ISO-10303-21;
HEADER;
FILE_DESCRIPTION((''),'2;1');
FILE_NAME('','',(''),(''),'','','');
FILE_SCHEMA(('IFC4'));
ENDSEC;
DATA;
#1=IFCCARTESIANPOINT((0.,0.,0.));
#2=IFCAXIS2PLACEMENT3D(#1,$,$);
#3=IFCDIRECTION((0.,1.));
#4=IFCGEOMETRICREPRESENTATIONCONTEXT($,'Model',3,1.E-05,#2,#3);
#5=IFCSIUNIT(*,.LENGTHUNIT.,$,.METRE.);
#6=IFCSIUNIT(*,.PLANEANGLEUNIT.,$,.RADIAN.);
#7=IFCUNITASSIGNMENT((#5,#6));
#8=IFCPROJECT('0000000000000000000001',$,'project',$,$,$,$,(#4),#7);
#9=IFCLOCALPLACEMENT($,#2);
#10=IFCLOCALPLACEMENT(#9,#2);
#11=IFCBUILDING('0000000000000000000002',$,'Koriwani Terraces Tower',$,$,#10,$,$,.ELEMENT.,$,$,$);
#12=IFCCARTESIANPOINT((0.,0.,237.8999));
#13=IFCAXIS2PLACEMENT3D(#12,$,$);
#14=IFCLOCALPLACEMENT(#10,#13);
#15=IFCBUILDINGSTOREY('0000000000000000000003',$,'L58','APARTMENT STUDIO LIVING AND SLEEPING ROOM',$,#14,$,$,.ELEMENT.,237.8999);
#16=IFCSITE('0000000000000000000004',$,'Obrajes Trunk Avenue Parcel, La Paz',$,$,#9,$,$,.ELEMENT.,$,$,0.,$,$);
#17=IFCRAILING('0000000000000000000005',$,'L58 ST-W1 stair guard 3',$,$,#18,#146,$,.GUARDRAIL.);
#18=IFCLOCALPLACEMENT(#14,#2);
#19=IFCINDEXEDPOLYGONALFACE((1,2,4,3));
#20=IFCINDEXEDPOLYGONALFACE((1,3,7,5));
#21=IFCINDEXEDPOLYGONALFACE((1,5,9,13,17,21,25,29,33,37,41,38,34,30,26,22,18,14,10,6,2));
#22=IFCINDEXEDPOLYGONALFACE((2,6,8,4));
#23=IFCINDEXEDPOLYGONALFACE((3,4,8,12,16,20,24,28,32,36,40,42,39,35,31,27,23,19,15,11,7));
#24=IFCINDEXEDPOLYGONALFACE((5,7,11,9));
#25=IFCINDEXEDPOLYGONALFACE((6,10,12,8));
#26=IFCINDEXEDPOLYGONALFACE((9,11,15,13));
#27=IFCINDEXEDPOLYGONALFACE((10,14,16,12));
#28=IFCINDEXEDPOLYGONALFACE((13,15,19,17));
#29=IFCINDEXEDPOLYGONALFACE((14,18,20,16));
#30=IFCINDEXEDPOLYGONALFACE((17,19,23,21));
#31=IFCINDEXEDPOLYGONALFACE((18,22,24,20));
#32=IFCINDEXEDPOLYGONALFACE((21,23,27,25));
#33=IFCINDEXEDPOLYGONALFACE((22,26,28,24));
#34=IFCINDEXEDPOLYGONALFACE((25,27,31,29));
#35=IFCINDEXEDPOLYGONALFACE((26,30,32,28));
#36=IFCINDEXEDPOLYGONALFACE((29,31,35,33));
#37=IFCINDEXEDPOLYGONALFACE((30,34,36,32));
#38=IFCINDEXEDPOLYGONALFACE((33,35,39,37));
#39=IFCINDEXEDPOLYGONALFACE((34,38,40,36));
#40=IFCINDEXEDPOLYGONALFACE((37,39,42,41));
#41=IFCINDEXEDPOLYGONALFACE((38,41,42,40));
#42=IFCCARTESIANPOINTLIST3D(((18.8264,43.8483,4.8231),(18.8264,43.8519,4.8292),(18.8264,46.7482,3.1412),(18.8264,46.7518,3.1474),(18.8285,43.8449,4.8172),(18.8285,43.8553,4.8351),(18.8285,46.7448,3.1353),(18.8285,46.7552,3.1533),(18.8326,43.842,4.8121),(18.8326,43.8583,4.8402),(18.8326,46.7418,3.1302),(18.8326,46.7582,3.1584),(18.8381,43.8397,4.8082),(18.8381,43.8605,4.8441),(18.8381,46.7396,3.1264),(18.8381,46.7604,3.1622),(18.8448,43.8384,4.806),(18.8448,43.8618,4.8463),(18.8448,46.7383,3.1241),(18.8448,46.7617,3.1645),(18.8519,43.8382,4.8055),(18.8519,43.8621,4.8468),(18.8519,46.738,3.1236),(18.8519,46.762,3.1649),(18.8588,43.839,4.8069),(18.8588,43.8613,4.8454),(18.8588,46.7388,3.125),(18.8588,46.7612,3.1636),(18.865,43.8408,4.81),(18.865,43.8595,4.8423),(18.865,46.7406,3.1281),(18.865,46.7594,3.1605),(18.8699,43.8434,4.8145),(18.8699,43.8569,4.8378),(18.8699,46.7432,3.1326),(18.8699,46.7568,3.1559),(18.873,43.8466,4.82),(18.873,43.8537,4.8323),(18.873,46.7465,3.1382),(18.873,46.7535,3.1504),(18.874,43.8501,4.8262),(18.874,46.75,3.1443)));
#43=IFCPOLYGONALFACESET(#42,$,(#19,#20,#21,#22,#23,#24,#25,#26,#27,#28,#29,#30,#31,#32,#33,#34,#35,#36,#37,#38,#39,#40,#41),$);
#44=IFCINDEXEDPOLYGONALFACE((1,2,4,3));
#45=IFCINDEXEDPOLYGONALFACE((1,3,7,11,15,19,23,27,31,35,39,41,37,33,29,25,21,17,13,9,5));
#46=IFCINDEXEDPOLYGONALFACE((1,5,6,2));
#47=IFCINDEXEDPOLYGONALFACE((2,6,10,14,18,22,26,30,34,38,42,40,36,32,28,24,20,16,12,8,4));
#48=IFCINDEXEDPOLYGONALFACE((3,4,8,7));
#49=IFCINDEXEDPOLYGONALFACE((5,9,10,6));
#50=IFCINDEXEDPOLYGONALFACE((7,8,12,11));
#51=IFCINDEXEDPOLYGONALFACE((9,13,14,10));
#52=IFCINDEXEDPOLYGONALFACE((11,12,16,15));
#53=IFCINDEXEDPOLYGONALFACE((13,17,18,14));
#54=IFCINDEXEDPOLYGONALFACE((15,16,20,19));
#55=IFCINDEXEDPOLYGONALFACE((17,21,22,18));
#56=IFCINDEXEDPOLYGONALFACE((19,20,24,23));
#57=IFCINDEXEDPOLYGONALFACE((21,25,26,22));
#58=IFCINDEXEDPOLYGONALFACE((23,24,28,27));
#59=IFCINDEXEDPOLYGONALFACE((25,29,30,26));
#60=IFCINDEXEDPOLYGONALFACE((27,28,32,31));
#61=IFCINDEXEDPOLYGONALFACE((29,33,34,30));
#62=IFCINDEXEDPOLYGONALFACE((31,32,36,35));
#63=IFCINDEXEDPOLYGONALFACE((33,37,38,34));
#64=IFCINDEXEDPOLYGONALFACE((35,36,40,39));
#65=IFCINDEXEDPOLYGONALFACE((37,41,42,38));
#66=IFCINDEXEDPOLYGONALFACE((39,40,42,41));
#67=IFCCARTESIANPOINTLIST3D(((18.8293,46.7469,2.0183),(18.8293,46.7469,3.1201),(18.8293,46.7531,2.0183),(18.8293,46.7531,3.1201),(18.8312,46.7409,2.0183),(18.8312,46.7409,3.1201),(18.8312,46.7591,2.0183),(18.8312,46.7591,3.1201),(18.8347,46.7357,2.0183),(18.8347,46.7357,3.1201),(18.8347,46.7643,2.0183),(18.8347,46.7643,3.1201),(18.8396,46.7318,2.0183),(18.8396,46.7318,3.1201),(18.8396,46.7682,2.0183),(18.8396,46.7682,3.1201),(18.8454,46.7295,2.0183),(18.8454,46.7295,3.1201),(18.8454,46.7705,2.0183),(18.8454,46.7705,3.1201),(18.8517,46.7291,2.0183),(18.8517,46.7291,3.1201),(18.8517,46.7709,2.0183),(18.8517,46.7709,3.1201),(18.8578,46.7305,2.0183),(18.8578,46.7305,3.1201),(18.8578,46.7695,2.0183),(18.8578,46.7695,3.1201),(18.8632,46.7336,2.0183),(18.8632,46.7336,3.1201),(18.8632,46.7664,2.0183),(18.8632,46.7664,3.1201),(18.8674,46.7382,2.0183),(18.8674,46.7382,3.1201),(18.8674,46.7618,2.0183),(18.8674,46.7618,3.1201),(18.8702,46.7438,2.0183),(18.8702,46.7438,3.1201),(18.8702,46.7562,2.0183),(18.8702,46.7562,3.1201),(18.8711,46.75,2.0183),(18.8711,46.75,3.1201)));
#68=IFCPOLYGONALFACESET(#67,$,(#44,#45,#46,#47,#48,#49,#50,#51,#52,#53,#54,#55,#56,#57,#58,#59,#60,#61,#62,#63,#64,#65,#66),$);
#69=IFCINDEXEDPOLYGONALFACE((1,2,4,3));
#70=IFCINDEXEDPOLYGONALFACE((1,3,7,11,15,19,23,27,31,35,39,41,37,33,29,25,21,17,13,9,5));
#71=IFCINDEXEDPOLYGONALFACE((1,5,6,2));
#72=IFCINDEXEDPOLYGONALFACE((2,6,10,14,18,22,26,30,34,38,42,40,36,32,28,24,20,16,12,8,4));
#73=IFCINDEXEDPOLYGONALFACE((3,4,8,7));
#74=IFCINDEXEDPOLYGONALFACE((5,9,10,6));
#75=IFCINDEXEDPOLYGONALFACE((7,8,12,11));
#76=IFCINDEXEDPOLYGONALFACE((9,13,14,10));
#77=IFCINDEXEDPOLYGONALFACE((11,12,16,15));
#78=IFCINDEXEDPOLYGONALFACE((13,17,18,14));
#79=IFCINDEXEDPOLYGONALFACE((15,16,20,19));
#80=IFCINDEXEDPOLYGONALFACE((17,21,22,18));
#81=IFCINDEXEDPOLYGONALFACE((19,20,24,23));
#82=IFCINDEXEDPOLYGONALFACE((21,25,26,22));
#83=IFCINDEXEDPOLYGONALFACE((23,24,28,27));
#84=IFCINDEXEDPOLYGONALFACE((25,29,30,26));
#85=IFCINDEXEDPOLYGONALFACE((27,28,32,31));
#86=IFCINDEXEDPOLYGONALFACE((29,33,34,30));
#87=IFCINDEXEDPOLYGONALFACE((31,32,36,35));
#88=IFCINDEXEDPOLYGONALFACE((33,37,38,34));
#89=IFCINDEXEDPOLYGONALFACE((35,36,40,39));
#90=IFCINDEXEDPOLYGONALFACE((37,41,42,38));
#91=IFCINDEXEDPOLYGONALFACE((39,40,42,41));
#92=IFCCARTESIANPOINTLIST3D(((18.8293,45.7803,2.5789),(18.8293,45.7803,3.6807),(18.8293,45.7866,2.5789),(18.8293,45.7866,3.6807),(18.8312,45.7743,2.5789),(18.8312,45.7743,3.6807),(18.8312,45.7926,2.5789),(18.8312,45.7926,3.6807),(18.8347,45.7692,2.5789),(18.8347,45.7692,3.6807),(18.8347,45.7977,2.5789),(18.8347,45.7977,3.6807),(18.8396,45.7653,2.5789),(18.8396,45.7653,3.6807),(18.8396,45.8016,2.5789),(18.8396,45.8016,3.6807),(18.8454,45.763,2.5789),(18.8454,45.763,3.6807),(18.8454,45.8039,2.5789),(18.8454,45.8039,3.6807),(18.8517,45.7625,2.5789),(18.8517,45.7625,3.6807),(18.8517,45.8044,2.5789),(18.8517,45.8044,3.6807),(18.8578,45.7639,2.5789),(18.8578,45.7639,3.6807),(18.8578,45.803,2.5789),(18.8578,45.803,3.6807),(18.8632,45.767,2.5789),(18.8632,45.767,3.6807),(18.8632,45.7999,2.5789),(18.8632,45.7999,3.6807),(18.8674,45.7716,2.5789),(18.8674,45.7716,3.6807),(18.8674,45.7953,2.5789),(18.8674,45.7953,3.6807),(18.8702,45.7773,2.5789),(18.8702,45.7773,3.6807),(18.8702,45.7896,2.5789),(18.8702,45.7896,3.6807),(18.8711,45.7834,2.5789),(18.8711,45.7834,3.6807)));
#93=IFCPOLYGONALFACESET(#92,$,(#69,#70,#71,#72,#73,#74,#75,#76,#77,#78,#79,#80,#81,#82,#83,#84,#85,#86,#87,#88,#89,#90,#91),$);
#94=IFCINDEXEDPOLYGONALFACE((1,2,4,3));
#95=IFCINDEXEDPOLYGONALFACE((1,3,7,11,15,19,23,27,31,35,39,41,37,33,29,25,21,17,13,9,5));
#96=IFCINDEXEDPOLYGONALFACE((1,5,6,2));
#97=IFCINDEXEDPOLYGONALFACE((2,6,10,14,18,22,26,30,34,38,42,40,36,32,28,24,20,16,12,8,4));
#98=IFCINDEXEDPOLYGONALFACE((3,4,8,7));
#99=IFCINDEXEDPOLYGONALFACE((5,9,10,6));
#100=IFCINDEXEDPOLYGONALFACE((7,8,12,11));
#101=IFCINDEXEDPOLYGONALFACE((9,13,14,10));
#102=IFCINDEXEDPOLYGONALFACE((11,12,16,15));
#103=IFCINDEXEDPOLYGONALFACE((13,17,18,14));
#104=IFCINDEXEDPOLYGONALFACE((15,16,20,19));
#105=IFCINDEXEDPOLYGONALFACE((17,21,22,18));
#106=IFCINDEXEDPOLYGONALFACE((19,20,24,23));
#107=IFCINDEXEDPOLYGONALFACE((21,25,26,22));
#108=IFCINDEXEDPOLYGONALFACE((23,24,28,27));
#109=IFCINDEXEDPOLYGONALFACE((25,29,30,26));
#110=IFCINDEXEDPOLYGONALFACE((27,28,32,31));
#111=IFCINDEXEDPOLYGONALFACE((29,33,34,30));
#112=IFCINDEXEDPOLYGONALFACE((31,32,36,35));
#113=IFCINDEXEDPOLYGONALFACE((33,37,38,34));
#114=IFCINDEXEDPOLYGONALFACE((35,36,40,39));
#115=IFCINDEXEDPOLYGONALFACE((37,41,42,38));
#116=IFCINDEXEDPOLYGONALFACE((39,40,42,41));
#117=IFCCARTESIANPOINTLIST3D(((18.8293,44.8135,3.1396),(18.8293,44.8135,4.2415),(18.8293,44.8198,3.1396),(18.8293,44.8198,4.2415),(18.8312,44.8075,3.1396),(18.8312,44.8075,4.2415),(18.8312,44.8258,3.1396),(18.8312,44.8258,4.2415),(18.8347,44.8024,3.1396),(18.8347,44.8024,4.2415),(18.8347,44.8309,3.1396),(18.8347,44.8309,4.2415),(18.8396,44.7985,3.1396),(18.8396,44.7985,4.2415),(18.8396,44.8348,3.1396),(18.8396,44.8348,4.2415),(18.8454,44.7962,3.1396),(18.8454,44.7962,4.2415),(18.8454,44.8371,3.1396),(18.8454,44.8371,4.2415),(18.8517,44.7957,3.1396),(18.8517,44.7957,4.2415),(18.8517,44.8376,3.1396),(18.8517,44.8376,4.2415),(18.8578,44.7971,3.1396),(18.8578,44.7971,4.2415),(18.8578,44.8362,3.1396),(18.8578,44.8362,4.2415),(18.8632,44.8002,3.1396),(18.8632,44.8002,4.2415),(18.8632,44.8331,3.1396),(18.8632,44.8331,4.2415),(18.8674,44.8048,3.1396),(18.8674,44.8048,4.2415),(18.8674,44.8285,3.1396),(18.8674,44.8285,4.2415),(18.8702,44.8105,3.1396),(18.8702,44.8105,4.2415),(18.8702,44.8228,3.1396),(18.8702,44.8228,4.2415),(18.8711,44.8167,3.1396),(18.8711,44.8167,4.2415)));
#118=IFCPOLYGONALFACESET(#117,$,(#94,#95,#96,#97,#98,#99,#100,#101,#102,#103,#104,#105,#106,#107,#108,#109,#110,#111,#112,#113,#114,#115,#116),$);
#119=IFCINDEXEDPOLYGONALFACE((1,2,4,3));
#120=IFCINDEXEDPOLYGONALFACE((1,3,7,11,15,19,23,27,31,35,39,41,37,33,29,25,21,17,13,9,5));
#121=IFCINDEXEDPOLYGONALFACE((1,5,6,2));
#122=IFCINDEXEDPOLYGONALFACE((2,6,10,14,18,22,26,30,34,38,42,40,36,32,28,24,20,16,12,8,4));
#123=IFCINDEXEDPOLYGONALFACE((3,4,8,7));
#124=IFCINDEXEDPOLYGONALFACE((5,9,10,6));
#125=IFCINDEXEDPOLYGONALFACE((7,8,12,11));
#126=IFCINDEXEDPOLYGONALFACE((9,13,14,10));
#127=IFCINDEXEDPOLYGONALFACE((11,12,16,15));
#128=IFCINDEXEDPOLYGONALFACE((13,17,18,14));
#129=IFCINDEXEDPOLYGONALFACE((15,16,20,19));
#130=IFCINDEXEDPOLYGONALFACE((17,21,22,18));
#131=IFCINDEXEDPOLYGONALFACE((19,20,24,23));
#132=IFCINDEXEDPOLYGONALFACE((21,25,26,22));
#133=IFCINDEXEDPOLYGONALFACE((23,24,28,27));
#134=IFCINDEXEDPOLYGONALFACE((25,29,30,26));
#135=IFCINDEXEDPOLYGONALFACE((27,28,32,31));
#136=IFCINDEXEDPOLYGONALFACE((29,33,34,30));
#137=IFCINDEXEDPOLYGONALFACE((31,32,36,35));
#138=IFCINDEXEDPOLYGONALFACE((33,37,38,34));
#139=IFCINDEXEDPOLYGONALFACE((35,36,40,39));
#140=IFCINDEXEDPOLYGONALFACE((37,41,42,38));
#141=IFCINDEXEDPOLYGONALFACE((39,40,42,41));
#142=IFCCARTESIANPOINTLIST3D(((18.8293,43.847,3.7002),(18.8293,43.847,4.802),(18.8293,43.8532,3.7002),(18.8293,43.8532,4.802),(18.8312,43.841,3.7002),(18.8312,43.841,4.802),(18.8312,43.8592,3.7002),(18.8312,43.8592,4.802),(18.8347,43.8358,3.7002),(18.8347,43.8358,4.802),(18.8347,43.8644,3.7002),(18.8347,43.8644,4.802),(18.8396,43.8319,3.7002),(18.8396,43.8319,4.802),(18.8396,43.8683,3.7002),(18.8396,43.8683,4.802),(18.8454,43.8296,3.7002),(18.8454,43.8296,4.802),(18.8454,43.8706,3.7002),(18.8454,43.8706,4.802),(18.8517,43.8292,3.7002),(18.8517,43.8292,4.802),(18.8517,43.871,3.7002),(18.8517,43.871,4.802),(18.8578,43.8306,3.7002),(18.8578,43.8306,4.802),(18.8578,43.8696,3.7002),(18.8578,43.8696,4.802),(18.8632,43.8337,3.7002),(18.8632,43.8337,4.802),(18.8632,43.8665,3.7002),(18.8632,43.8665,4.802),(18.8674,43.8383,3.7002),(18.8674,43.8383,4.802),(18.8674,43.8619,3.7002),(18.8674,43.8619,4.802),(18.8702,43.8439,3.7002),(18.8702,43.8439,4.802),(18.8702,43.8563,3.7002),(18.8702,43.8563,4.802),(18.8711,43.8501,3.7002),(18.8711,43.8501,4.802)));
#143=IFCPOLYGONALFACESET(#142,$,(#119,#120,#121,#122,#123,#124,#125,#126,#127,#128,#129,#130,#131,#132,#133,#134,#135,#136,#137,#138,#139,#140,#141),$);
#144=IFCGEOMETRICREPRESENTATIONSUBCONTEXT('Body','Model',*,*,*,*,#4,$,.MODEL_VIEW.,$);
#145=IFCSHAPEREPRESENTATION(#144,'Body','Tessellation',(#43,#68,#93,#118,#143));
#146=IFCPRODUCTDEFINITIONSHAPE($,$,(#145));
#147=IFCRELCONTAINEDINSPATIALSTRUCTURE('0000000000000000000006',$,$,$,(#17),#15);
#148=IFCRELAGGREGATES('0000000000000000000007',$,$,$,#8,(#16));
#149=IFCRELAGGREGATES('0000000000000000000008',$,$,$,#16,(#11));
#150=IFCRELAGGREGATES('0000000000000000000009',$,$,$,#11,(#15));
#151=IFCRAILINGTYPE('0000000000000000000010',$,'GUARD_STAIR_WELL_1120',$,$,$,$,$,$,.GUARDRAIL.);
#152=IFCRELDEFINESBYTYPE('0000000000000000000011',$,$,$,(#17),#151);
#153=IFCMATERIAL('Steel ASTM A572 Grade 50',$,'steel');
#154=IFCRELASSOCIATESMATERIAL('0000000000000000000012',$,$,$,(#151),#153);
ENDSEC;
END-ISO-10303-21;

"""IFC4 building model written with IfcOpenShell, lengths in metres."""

from ifc_helpers import new_model, si_unit, direction, frame, origin, origin_2d, place, context, subcontext, project, spatial, circle, extrude, material, type_object, element, save


model = new_model("IFC4")

# Units and contexts
model_context = context("Model", 3, precision=1e-05, world=origin(), true_north=direction((0.0, 1.0)))
body_context = subcontext(model_context, "Body", "Model", "MODEL_VIEW")
ifc_project = project(units=[si_unit("LENGTHUNIT", "METRE"), si_unit("PLANEANGLEUNIT", "RADIAN")], contexts=[model_context])

# Site, building, storey
site_placement = place(None, origin())
site = spatial("IfcSite", under=ifc_project, at=site_placement, Name="Obrajes Trunk Avenue Parcel, La Paz", CompositionType="ELEMENT", RefElevation=0.0)
building_placement = place(site_placement, origin())
building = spatial("IfcBuilding", under=site, at=building_placement, Name="Koriwani Terraces Tower", CompositionType="ELEMENT")
storey_placement = place(building_placement, frame((0.0, 0.0, 237.8999)))
storey = spatial("IfcBuildingStorey", under=building, at=storey_placement, Name="L58", Description="APARTMENT STUDIO LIVING AND SLEEPING ROOM", CompositionType="ELEMENT", Elevation=237.8999)

# Shared definitions
ifc_material_1 = material(Name="Steel ASTM A572 Grade 50", Category="steel")

# Railing
railing_type_1 = type_object("IfcRailingType", Name="GUARD_STAIR_WELL_1120", PredefinedType="GUARDRAIL", material=ifc_material_1)
railing_1_placement = place(storey_placement, frame((18.8501, 46.75, 2.0183)))
element("IfcRailing", 1, at=railing_1_placement, inside=storey, type_object=railing_type_1, Name="L58 ST-W1 stair guard 3", PredefinedType="GUARDRAIL", context=body_context, shape_type="SweptSolid", body=[
    extrude(circle(Radius=0.0239, at=origin_2d()), frame((0.0, 0.0, 1.126), z_axis=(0.0, -0.865039, 0.501705), x_axis=(1.0, 0.0, 0.0)), (0.0, 0.0, 1.0), 3.3523),
    extrude(circle(Radius=0.021, at=origin_2d()), origin(), (0.0, 0.0, 1.0), 1.1018),
    extrude(circle(Radius=0.021, at=origin_2d()), frame((0.0, -0.9666, 0.5605)), (0.0, 0.0, 1.0), 1.1018),
    extrude(circle(Radius=0.021, at=origin_2d()), frame((0.0, -1.9333, 1.1213)), (0.0, 0.0, 1.0), 1.1018),
    extrude(circle(Radius=0.021, at=origin_2d()), frame((0.0, -2.8999, 1.6819)), (0.0, 0.0, 1.0), 1.1018),
])

save(model, "model.ifc")
